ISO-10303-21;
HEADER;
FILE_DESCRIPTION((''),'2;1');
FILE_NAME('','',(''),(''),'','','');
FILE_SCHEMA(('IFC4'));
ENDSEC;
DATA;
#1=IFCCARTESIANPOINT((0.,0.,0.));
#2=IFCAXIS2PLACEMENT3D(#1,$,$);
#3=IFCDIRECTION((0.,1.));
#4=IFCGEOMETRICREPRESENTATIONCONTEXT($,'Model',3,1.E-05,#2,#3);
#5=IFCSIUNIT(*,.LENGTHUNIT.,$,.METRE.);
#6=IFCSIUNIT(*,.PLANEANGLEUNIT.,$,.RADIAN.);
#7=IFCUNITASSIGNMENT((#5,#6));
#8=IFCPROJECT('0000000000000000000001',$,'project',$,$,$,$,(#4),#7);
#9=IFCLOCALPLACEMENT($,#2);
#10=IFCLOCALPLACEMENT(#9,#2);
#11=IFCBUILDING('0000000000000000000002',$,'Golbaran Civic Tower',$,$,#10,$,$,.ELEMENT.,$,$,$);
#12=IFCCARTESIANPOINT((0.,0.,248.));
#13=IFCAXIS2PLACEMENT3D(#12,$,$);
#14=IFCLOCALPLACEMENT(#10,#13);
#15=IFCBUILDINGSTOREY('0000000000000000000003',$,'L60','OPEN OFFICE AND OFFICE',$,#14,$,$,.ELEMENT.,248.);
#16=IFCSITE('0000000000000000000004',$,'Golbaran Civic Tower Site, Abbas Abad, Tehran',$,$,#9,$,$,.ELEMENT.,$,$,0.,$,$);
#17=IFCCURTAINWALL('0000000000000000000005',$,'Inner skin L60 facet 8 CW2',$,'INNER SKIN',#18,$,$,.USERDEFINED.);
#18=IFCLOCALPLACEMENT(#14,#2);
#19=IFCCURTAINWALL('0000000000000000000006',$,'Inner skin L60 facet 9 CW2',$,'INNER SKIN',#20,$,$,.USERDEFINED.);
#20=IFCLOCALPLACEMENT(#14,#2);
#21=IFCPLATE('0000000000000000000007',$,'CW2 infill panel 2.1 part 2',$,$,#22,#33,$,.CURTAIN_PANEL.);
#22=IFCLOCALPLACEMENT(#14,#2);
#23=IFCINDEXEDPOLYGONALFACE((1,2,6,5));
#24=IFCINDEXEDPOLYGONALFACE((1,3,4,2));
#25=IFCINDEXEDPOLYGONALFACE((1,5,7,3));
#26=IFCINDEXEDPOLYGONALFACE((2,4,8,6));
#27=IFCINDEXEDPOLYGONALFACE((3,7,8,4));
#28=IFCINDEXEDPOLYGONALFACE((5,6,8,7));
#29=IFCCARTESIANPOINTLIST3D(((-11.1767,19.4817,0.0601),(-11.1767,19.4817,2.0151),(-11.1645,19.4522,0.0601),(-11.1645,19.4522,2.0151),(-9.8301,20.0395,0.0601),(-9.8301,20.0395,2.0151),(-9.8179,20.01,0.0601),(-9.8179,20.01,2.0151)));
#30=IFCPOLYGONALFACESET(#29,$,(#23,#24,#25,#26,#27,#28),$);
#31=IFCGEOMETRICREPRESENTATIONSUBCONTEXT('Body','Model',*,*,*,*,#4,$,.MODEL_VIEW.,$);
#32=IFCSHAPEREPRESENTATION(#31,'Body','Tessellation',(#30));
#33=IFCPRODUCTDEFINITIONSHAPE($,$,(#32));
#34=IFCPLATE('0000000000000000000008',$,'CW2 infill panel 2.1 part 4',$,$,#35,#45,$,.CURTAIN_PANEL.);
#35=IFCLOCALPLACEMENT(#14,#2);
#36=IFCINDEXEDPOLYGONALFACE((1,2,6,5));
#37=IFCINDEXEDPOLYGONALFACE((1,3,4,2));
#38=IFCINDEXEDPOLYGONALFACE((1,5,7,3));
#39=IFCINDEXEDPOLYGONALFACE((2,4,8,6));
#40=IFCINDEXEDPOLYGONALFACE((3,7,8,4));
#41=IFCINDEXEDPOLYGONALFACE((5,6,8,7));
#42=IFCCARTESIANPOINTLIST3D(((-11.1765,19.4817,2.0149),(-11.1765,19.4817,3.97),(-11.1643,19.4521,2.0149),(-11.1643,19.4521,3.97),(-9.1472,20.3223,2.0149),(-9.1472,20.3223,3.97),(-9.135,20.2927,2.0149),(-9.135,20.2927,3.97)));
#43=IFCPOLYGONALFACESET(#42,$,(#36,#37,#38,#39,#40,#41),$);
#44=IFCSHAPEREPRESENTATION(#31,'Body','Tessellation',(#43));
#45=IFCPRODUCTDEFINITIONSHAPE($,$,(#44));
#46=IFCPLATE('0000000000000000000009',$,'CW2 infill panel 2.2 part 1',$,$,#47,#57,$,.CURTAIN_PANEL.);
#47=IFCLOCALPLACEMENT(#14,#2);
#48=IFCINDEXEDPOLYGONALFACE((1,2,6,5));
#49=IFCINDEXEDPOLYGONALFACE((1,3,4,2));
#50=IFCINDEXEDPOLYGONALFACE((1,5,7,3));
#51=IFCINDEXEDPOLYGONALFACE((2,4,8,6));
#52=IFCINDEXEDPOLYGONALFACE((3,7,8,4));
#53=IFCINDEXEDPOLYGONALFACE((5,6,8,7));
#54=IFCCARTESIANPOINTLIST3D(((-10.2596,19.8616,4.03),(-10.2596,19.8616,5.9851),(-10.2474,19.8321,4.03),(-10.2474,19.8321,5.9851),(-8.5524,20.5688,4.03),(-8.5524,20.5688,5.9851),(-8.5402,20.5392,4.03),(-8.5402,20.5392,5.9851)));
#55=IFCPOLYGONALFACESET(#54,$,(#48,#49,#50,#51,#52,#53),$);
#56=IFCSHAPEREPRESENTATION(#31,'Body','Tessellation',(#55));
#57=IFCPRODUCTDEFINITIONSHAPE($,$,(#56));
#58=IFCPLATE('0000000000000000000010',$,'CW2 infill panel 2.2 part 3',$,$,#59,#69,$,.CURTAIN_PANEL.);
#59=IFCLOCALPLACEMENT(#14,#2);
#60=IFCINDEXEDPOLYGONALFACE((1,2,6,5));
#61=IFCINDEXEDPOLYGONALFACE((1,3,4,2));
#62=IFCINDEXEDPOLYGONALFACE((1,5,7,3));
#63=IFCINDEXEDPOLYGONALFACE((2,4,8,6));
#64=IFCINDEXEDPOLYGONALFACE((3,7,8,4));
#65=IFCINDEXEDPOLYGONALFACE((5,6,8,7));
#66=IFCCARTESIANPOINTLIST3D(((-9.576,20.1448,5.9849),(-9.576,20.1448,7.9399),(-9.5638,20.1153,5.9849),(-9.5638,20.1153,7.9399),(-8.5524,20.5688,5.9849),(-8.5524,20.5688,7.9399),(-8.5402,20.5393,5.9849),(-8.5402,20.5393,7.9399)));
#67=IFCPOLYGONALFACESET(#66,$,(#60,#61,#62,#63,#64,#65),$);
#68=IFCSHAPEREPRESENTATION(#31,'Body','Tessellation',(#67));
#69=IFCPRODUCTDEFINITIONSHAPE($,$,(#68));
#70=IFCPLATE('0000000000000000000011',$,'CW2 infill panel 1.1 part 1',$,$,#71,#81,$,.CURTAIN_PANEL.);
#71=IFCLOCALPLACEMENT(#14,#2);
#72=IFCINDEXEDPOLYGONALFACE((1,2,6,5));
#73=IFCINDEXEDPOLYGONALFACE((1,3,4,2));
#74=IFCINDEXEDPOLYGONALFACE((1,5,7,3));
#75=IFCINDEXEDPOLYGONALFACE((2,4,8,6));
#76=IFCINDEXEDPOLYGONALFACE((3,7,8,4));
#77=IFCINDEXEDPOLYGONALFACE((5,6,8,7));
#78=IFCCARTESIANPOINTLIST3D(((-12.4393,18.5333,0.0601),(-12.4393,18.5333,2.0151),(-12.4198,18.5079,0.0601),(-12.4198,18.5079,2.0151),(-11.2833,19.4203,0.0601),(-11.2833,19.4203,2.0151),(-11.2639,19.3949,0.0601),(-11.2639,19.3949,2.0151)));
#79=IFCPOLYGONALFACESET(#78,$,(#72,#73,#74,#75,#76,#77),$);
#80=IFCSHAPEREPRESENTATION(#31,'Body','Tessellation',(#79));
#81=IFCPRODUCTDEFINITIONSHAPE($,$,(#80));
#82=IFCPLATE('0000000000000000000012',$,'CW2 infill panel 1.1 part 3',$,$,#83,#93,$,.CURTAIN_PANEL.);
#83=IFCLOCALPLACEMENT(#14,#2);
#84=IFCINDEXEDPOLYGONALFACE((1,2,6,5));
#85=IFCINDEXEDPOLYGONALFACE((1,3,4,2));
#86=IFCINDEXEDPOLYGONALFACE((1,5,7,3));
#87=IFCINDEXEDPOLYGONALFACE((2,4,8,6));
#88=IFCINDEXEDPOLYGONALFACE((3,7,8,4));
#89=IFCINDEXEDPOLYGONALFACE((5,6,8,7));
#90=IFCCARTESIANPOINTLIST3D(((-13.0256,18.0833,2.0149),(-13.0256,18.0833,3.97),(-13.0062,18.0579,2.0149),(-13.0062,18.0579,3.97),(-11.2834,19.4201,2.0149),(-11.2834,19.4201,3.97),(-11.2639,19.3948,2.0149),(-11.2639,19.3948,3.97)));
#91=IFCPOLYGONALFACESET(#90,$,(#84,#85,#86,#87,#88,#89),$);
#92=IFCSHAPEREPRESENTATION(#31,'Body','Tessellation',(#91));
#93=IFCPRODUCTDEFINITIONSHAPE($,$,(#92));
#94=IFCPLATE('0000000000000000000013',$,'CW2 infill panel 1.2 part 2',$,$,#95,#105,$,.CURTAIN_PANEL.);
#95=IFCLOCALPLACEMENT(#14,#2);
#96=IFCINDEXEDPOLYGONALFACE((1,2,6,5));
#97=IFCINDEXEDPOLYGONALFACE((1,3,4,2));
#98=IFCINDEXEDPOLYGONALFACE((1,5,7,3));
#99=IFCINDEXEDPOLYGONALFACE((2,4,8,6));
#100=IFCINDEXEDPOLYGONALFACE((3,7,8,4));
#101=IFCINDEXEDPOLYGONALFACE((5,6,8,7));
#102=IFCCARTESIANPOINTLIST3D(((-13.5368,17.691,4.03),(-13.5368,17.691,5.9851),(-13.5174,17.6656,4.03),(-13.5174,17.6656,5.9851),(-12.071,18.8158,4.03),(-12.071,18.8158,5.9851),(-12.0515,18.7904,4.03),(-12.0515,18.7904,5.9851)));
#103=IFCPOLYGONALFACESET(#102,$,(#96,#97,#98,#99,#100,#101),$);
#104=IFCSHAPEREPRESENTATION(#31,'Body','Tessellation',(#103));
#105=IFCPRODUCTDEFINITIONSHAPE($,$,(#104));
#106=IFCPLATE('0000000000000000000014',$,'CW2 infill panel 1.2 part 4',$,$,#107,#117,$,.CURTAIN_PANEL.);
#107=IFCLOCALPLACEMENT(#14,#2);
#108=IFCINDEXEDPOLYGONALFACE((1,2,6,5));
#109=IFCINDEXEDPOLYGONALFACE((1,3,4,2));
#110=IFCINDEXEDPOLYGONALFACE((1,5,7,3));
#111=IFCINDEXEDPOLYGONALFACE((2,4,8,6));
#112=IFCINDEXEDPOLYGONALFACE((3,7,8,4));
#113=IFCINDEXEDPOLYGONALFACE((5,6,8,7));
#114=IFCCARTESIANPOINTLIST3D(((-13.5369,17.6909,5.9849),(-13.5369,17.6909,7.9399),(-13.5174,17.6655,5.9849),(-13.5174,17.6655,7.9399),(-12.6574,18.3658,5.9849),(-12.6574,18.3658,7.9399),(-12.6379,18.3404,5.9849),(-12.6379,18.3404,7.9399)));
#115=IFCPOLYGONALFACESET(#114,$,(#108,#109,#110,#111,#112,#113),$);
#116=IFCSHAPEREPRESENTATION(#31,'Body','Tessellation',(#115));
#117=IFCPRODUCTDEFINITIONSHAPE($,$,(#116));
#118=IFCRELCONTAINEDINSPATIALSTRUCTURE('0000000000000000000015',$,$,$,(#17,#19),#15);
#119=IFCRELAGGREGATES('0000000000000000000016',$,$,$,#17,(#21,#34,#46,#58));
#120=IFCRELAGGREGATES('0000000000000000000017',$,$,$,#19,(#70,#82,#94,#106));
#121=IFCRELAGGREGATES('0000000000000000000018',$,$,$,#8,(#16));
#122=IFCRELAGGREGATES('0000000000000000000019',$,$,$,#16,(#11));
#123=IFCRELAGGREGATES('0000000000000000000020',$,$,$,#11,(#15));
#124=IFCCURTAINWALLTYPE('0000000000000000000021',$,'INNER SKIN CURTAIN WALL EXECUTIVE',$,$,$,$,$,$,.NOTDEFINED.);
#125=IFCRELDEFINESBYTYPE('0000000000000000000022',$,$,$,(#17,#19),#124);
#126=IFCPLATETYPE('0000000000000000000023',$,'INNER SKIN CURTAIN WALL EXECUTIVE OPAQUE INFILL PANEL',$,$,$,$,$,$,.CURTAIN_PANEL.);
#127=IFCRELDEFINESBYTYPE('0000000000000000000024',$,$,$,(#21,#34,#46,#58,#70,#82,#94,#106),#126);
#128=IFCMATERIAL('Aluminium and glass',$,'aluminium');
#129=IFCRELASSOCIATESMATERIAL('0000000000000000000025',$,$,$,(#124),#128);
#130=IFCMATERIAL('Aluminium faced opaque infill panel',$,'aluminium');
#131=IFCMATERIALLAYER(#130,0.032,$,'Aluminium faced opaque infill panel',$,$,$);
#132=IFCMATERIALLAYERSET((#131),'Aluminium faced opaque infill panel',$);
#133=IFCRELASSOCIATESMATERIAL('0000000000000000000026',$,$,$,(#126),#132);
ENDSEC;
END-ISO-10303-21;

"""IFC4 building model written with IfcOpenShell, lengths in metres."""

from ifc_helpers import new_model, si_unit, direction, frame, origin, origin_2d, place, context, subcontext, project, spatial, rectangle, extrude, material, layer, layer_set, type_object, element, aggregate, save


model = new_model("IFC4")

# Units and contexts
model_context = context("Model", 3, precision=1e-05, world=origin(), true_north=direction((0.0, 1.0)))
body_context = subcontext(model_context, "Body", "Model", "MODEL_VIEW")
ifc_project = project(units=[si_unit("LENGTHUNIT", "METRE"), si_unit("PLANEANGLEUNIT", "RADIAN")], contexts=[model_context])

# Site, building, storey
site_placement = place(None, origin())
site = spatial("IfcSite", under=ifc_project, at=site_placement, Name="Golbaran Civic Tower Site, Abbas Abad, Tehran", CompositionType="ELEMENT", RefElevation=0.0)
building_placement = place(site_placement, origin())
building = spatial("IfcBuilding", under=site, at=building_placement, Name="Golbaran Civic Tower", CompositionType="ELEMENT")
storey_placement = place(building_placement, frame((0.0, 0.0, 248.0)))
storey = spatial("IfcBuildingStorey", under=building, at=storey_placement, Name="L60", Description="OPEN OFFICE AND OFFICE", CompositionType="ELEMENT", Elevation=248.0)

# Curtain walls
ifc_material_1 = material(Name="Aluminium and glass", Category="aluminium")
curtain_wall_type = type_object("IfcCurtainWallType", Name="INNER SKIN CURTAIN WALL EXECUTIVE", PredefinedType="NOTDEFINED", material=ifc_material_1)
curtain_wall_1_placement = place(storey_placement, origin())
curtain_wall_1 = element("IfcCurtainWall", 1, at=curtain_wall_1_placement, inside=storey, type_object=curtain_wall_type, Name="Inner skin L60 facet 8 CW2", ObjectType="INNER SKIN", PredefinedType="USERDEFINED")
curtain_wall_2_placement = place(storey_placement, origin())
curtain_wall_2 = element("IfcCurtainWall", 2, at=curtain_wall_2_placement, inside=storey, type_object=curtain_wall_type, Name="Inner skin L60 facet 9 CW2", ObjectType="INNER SKIN", PredefinedType="USERDEFINED")

# Plates
ifc_material_2 = material(Name="Aluminium faced opaque infill panel", Category="aluminium")
ifc_layer_1 = layer(ifc_material_2, 0.032, Name="Aluminium faced opaque infill panel")
ifc_layer_set_1 = layer_set([ifc_layer_1], Name="Aluminium faced opaque infill panel")
plate_type_1 = type_object("IfcPlateType", Name="INNER SKIN CURTAIN WALL EXECUTIVE OPAQUE INFILL PANEL", PredefinedType="CURTAIN_PANEL", material=ifc_layer_set_1)
plate_1_placement = place(storey_placement, frame((-10.4973, 19.7458, 0.0601), z_axis=(0.0, 0.0, 1.0), x_axis=(-0.92388, -0.382683, 0.0)))
plate_1 = element("IfcPlate", 3, at=plate_1_placement, type_object=plate_type_1, Name="CW2 infill panel 2.1 part 2", PredefinedType="CURTAIN_PANEL", context=body_context, shape_type="SweptSolid", body=[
    extrude(rectangle(XDim=1.4575, YDim=0.032, at=origin_2d()), origin(), (0.0, 0.0, 1.0), 1.9551),
])
plate_2_placement = place(storey_placement, frame((-10.1558, 19.8872, 2.0149), z_axis=(0.0, 0.0, 1.0), x_axis=(-0.92388, -0.382683, 0.0)))
plate_2 = element("IfcPlate", 4, at=plate_2_placement, type_object=plate_type_1, Name="CW2 infill panel 2.1 part 4", PredefinedType="CURTAIN_PANEL", context=body_context, shape_type="SweptSolid", body=[
    extrude(rectangle(XDim=2.1965, YDim=0.032, at=origin_2d()), origin(), (0.0, 0.0, 1.0), 1.9551),
])
plate_3_placement = place(storey_placement, frame((-9.3999, 20.2004, 4.03), z_axis=(0.0, 0.0, 1.0), x_axis=(-0.92388, -0.382683, 0.0)))
plate_3 = element("IfcPlate", 5, at=plate_3_placement, type_object=plate_type_1, Name="CW2 infill panel 2.2 part 1", PredefinedType="CURTAIN_PANEL", context=body_context, shape_type="SweptSolid", body=[
    extrude(rectangle(XDim=1.8479, YDim=0.032, at=origin_2d()), origin(), (0.0, 0.0, 1.0), 1.9551),
])
plate_4_placement = place(storey_placement, frame((-9.0581, 20.342, 5.9849), z_axis=(0.0, 0.0, 1.0), x_axis=(-0.92388, -0.382683, 0.0)))
plate_4 = element("IfcPlate", 6, at=plate_4_placement, type_object=plate_type_1, Name="CW2 infill panel 2.2 part 3", PredefinedType="CURTAIN_PANEL", context=body_context, shape_type="SweptSolid", body=[
    extrude(rectangle(XDim=1.1079, YDim=0.032, at=origin_2d()), origin(), (0.0, 0.0, 1.0), 1.9551),
])
aggregate(curtain_wall_1, [plate_1, plate_2, plate_3, plate_4])
plate_5_placement = place(storey_placement, frame((-11.8516, 18.9641, 0.0601), z_axis=(0.0, 0.0, 1.0), x_axis=(-0.793353, -0.608761, 0.0)))
plate_5 = element("IfcPlate", 7, at=plate_5_placement, type_object=plate_type_1, Name="CW2 infill panel 1.1 part 1", PredefinedType="CURTAIN_PANEL", context=body_context, shape_type="SweptSolid", body=[
    extrude(rectangle(XDim=1.457, YDim=0.032, at=origin_2d()), origin(), (0.0, 0.0, 1.0), 1.9551),
])
plate_6_placement = place(storey_placement, frame((-12.1448, 18.739, 2.0149), z_axis=(0.0, 0.0, 1.0), x_axis=(-0.793353, -0.608761, 0.0)))
plate_6 = element("IfcPlate", 8, at=plate_6_placement, type_object=plate_type_1, Name="CW2 infill panel 1.1 part 3", PredefinedType="CURTAIN_PANEL", context=body_context, shape_type="SweptSolid", body=[
    extrude(rectangle(XDim=2.196, YDim=0.032, at=origin_2d()), origin(), (0.0, 0.0, 1.0), 1.9551),
])
plate_7_placement = place(storey_placement, frame((-12.7942, 18.2407, 4.03), z_axis=(0.0, 0.0, 1.0), x_axis=(-0.793353, -0.608761, 0.0)))
plate_7 = element("IfcPlate", 9, at=plate_7_placement, type_object=plate_type_1, Name="CW2 infill panel 1.2 part 2", PredefinedType="CURTAIN_PANEL", context=body_context, shape_type="SweptSolid", body=[
    extrude(rectangle(XDim=1.8477, YDim=0.032, at=origin_2d()), origin(), (0.0, 0.0, 1.0), 1.9551),
])
plate_8_placement = place(storey_placement, frame((-13.0874, 18.0156, 5.9849), z_axis=(0.0, 0.0, 1.0), x_axis=(-0.793353, -0.608761, 0.0)))
plate_8 = element("IfcPlate", 10, at=plate_8_placement, type_object=plate_type_1, Name="CW2 infill panel 1.2 part 4", PredefinedType="CURTAIN_PANEL", context=body_context, shape_type="SweptSolid", body=[
    extrude(rectangle(XDim=1.1086, YDim=0.032, at=origin_2d()), origin(), (0.0, 0.0, 1.0), 1.9551),
])
aggregate(curtain_wall_2, [plate_5, plate_6, plate_7, plate_8])

save(model, "model.ifc")
